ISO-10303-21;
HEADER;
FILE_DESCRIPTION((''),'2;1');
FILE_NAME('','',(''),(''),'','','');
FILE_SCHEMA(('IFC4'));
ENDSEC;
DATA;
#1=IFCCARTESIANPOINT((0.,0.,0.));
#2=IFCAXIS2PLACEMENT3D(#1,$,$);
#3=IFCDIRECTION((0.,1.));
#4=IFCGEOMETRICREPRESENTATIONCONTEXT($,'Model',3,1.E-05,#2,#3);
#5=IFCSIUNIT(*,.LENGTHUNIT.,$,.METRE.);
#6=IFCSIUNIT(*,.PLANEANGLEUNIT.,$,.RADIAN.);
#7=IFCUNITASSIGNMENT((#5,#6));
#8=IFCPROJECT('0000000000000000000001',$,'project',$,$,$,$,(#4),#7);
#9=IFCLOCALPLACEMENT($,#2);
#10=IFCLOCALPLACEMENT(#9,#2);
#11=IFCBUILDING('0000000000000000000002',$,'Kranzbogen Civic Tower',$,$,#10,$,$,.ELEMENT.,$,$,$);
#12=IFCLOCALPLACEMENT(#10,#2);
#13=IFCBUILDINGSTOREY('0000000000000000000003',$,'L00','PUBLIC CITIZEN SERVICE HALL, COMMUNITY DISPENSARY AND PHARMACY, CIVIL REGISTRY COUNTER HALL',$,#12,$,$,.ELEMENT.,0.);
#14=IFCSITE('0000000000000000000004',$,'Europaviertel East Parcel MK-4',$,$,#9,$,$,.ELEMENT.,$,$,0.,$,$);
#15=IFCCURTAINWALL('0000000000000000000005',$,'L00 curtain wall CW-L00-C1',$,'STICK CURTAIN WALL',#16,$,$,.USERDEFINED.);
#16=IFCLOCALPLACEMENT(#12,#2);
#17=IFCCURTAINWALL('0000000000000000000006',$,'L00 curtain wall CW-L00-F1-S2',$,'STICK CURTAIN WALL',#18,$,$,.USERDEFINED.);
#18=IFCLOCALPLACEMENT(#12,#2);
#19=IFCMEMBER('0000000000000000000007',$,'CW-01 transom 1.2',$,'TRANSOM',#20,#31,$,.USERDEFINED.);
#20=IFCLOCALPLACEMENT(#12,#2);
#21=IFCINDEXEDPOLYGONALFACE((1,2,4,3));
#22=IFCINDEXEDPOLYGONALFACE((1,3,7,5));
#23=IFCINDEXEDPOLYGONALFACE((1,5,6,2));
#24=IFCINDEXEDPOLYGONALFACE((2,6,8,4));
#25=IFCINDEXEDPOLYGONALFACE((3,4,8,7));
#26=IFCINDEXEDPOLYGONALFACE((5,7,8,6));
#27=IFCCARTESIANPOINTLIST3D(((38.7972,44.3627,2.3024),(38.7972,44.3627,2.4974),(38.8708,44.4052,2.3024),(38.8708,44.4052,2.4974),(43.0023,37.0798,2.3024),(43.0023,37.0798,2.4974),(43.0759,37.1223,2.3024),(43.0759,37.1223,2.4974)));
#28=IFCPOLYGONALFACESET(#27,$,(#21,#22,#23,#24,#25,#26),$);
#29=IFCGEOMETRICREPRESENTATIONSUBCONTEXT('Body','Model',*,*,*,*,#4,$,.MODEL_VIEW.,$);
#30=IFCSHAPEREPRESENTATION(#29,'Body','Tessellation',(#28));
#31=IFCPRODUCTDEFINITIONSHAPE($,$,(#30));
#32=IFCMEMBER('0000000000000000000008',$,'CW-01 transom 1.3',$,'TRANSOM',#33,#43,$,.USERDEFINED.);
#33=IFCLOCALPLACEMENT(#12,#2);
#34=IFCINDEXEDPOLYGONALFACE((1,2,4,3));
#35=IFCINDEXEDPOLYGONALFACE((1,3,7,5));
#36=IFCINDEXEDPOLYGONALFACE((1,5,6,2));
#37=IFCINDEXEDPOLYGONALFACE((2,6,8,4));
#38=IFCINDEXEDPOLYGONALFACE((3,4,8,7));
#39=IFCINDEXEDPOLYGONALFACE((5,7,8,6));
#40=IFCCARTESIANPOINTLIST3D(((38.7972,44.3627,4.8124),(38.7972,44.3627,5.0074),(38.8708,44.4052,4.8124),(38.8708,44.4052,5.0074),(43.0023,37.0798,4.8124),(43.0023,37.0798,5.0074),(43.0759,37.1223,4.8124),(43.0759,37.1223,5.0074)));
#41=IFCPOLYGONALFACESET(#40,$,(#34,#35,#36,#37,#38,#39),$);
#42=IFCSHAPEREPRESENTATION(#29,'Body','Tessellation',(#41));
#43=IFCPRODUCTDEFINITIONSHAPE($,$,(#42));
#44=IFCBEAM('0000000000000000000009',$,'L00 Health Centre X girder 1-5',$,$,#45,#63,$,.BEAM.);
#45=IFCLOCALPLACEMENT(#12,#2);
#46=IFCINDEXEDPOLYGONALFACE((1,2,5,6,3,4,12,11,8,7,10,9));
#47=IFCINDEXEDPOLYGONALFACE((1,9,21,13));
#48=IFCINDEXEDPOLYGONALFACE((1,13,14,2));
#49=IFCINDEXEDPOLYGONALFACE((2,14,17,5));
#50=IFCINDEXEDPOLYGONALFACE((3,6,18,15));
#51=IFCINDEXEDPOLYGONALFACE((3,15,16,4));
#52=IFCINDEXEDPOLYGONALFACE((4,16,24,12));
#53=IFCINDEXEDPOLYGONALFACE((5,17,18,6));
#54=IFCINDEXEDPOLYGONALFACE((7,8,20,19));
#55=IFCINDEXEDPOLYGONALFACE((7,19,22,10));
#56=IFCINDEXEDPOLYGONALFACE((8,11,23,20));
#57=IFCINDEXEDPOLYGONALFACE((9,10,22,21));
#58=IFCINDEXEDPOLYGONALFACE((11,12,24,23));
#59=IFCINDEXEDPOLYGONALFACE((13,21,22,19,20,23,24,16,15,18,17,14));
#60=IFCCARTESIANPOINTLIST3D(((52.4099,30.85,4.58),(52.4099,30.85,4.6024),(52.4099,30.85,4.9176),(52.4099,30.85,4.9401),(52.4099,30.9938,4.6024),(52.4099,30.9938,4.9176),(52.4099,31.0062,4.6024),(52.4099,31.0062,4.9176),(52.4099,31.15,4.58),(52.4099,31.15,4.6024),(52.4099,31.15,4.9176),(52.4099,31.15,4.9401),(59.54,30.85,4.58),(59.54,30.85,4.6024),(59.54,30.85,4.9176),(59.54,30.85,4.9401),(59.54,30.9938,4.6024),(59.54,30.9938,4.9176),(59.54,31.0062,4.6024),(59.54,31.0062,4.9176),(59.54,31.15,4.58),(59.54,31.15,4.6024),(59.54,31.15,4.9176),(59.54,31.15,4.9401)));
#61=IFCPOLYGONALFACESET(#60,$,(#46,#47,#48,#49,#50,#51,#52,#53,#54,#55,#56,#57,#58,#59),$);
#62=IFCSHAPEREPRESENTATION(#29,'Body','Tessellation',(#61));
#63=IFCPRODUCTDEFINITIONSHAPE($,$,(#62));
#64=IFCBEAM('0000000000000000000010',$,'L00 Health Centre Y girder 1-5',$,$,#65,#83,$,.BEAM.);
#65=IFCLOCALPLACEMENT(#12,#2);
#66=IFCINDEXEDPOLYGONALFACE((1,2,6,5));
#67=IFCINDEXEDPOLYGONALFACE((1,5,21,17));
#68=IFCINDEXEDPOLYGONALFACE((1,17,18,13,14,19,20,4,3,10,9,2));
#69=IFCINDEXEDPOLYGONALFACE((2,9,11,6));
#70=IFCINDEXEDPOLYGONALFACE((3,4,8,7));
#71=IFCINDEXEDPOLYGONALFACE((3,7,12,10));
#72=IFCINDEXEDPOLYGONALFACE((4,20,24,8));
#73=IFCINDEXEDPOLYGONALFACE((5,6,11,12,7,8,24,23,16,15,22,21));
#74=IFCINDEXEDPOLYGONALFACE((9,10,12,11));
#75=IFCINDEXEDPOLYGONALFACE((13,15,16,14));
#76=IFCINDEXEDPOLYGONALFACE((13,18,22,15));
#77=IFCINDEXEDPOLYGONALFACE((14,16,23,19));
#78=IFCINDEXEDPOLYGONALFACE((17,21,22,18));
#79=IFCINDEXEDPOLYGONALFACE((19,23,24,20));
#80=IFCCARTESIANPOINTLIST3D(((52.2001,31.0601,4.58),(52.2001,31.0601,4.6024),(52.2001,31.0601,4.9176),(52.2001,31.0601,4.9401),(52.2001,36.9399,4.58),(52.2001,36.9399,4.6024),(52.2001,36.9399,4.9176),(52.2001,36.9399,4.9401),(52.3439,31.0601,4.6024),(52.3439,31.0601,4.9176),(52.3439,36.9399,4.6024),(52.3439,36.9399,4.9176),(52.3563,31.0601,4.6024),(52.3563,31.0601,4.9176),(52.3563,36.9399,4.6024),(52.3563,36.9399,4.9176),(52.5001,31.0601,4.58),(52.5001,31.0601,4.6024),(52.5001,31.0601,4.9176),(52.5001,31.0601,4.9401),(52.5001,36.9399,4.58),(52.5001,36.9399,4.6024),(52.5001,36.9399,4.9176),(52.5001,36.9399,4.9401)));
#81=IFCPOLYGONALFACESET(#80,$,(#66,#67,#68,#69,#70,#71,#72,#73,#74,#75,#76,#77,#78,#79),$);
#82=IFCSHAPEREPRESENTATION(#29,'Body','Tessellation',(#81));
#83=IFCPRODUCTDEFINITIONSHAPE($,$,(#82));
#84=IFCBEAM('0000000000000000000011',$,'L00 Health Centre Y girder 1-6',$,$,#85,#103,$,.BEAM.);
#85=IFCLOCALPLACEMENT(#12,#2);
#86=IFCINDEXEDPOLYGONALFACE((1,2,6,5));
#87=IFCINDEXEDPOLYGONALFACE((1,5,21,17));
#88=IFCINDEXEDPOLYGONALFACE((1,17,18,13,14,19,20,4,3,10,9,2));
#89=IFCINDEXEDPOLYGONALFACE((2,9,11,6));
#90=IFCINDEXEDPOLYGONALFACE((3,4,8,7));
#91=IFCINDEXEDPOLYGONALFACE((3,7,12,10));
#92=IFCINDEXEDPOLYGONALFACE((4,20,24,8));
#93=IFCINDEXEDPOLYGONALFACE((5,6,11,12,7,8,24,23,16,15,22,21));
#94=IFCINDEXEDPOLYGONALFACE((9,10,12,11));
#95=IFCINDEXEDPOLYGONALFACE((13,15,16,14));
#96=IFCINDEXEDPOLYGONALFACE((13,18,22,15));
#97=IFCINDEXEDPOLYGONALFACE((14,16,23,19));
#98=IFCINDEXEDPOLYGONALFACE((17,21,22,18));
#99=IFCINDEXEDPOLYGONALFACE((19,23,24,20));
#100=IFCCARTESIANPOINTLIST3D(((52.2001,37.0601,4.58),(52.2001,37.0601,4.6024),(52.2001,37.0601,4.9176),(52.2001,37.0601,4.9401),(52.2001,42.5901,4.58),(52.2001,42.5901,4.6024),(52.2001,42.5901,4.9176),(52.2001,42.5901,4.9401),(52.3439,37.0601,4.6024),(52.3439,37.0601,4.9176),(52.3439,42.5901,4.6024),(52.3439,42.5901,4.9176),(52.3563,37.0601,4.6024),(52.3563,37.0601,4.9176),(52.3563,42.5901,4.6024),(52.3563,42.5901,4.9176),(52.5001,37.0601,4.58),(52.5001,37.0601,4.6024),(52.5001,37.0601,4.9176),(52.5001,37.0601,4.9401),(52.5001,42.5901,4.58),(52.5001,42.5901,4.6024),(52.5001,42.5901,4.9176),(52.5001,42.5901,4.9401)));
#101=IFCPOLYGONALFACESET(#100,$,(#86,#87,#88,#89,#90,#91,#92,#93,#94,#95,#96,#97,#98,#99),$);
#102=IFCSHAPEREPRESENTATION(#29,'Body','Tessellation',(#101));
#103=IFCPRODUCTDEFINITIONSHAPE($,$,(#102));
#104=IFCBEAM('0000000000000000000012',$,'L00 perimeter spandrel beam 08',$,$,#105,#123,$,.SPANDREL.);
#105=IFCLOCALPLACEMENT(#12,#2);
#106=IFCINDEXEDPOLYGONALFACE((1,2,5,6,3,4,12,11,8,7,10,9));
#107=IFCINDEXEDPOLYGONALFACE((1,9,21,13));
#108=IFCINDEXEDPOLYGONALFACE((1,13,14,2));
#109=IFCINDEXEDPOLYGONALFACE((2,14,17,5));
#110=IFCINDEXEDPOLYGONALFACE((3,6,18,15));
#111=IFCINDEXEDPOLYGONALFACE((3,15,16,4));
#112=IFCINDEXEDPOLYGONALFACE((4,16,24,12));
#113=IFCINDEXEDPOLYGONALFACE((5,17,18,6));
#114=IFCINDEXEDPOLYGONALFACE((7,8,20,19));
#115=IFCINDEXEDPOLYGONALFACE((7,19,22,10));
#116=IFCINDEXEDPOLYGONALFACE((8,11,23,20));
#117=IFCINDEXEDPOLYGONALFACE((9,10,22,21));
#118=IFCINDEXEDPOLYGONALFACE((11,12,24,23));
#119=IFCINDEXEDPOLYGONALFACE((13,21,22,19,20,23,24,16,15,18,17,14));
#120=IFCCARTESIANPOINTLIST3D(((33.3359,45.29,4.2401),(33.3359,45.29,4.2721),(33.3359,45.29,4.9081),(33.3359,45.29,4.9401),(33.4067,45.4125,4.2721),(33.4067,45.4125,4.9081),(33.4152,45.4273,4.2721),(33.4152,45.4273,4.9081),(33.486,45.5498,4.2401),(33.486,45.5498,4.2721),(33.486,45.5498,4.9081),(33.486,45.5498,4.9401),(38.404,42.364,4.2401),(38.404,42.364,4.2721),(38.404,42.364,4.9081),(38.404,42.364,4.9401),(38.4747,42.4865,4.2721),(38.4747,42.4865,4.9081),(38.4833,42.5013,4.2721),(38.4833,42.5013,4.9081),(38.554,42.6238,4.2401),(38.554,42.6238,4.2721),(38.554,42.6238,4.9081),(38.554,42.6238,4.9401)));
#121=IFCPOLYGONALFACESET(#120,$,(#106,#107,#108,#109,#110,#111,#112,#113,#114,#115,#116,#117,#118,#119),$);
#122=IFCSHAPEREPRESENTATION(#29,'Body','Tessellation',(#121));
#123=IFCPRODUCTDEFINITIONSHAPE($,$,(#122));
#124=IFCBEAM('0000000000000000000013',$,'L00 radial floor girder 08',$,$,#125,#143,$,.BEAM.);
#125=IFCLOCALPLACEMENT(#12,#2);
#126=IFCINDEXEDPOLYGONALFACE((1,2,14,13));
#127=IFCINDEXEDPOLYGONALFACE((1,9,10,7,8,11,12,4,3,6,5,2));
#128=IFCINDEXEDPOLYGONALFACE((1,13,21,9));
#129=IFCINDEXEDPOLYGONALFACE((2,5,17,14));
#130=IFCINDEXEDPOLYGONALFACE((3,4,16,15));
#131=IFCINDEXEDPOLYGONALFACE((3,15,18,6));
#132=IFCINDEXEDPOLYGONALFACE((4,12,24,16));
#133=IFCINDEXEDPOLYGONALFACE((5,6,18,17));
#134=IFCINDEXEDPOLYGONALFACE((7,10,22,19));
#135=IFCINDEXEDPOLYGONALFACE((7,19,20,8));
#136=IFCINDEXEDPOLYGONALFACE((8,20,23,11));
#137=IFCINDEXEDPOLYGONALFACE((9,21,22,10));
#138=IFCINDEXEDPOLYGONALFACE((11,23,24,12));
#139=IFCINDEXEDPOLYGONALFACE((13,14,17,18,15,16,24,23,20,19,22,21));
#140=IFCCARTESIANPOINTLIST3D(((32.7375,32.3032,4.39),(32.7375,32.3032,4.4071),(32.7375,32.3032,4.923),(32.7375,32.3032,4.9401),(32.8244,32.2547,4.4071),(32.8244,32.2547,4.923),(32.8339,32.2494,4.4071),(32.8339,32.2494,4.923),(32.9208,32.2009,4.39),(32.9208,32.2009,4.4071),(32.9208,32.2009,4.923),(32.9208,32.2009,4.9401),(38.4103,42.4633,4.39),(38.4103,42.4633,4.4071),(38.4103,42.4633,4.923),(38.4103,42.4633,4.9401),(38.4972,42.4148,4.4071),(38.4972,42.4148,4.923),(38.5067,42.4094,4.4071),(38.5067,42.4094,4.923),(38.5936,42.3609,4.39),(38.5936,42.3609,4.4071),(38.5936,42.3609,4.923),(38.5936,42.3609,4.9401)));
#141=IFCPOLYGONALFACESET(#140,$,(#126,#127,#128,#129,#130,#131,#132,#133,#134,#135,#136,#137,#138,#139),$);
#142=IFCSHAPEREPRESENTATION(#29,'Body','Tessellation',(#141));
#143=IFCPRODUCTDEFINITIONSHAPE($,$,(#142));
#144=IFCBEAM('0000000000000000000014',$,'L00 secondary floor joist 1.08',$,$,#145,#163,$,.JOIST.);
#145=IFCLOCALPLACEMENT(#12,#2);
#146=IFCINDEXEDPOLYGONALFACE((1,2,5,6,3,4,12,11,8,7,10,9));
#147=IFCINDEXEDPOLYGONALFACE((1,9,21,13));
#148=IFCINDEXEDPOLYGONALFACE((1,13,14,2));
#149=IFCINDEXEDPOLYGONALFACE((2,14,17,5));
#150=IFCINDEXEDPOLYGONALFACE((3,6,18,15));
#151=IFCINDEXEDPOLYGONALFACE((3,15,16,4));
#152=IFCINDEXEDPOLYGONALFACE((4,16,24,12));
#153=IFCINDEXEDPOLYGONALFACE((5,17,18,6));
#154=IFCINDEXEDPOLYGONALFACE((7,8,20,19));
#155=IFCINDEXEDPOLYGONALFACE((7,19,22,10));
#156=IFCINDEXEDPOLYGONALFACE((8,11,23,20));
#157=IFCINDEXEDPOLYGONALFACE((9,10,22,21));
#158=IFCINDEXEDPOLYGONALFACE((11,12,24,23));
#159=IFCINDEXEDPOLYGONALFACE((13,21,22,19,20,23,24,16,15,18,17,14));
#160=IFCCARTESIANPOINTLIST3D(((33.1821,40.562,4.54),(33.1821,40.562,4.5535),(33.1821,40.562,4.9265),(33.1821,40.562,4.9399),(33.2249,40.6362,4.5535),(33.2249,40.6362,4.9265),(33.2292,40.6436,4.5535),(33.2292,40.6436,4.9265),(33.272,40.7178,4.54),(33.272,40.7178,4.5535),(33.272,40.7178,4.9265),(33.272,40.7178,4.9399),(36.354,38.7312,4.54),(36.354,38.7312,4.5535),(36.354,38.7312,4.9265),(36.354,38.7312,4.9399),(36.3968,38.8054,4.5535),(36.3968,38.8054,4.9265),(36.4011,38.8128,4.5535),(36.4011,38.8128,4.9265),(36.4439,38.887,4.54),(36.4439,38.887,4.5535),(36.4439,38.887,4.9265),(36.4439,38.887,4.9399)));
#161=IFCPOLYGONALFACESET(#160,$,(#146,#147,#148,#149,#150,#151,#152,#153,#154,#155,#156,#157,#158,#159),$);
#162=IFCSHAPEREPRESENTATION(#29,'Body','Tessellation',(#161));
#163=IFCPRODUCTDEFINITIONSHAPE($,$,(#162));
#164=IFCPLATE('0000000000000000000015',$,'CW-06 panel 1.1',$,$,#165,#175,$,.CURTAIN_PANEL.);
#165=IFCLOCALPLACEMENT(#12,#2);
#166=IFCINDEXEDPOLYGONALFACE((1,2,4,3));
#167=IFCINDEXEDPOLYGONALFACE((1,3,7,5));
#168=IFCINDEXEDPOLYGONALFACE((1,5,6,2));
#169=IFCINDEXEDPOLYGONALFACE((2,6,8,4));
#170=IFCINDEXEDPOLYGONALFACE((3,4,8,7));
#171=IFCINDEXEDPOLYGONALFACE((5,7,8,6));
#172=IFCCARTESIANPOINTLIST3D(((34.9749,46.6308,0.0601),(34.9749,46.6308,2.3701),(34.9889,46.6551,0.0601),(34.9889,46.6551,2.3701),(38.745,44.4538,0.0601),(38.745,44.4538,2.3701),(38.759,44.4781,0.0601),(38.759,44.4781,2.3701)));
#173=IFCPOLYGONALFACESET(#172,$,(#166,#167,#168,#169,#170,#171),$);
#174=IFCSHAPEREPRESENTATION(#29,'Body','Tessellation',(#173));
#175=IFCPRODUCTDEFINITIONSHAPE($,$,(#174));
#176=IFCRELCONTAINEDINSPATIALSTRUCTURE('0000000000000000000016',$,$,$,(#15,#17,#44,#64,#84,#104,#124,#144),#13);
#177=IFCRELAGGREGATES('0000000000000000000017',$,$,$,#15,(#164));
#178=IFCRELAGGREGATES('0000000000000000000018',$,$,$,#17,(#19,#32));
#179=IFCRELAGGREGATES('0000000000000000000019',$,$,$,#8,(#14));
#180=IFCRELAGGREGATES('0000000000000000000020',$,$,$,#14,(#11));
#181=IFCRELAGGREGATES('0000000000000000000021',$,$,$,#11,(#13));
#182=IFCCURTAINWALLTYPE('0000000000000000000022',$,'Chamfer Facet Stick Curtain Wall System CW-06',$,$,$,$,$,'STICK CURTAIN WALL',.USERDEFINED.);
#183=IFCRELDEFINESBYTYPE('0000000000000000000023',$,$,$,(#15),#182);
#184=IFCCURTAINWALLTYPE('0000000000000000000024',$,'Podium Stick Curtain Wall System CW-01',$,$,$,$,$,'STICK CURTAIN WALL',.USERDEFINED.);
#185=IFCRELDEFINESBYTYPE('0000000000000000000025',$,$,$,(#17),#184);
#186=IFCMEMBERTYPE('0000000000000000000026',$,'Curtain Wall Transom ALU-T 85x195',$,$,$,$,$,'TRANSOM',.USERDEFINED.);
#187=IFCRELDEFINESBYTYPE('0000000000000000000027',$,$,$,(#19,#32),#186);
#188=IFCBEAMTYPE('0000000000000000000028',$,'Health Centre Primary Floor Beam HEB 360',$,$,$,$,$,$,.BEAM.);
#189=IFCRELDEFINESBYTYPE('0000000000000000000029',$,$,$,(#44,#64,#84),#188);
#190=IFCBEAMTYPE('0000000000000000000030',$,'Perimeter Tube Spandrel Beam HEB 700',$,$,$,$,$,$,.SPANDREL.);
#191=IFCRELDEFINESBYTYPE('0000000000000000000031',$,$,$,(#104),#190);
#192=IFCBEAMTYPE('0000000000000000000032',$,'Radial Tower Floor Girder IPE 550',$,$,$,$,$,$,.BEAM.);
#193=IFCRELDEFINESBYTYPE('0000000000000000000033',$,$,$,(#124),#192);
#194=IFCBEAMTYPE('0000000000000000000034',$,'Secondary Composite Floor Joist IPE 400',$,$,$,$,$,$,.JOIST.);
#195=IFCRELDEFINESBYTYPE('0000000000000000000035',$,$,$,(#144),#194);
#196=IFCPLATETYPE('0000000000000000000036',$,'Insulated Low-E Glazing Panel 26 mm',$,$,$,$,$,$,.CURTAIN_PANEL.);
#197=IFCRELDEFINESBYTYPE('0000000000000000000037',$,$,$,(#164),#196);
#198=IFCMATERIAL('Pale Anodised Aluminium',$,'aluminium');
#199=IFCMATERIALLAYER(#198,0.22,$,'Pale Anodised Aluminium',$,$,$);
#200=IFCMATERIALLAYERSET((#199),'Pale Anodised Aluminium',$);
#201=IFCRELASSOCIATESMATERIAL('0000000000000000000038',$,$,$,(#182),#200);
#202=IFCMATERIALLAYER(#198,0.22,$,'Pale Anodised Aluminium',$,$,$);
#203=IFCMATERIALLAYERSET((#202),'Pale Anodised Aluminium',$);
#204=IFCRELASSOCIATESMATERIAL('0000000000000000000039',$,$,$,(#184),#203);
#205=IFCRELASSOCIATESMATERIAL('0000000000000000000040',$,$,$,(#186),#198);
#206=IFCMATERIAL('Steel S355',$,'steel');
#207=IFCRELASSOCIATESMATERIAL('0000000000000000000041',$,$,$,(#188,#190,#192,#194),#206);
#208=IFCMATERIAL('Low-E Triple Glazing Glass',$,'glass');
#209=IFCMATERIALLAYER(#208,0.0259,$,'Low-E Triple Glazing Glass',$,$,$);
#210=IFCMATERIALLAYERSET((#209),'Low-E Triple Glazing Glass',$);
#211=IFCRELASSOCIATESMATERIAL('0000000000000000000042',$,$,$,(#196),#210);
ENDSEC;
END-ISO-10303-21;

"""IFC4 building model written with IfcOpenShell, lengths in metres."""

from ifc_helpers import new_model, si_unit, direction, frame, origin, origin_2d, place, context, subcontext, project, spatial, rectangle, i_section, extrude, material, layer, layer_set, material_profile, profile_set, type_object, element, aggregate, save


model = new_model("IFC4")

# Units and contexts
model_context = context("Model", 3, precision=1e-05, world=origin(), true_north=direction((0.0, 1.0)))
body_context = subcontext(model_context, "Body", "Model", "MODEL_VIEW")
ifc_project = project(units=[si_unit("LENGTHUNIT", "METRE"), si_unit("PLANEANGLEUNIT", "RADIAN")], contexts=[model_context])

# Site, building, storey
site_placement = place(None, origin())
site = spatial("IfcSite", under=ifc_project, at=site_placement, Name="Europaviertel East Parcel MK-4", CompositionType="ELEMENT", RefElevation=0.0)
building_placement = place(site_placement, origin())
building = spatial("IfcBuilding", under=site, at=building_placement, Name="Kranzbogen Civic Tower", CompositionType="ELEMENT")
storey_placement = place(building_placement, origin())
storey = spatial("IfcBuildingStorey", under=building, at=storey_placement, Name="L00", Description="PUBLIC CITIZEN SERVICE HALL, COMMUNITY DISPENSARY AND PHARMACY, CIVIL REGISTRY COUNTER HALL", CompositionType="ELEMENT", Elevation=0.0)

# Curtain wall
ifc_material_1 = material(Name="Pale Anodised Aluminium", Category="aluminium")
ifc_layer_1 = layer(ifc_material_1, 0.22, Name="Pale Anodised Aluminium")
ifc_layer_set_1 = layer_set([ifc_layer_1], Name="Pale Anodised Aluminium")
curtain_wall_type_1 = type_object("IfcCurtainWallType", Name="Chamfer Facet Stick Curtain Wall System CW-06", ElementType="STICK CURTAIN WALL", PredefinedType="USERDEFINED", material=ifc_layer_set_1)
curtain_wall_1_placement = place(storey_placement, origin())
curtain_wall_1 = element("IfcCurtainWall", 1, at=curtain_wall_1_placement, inside=storey, type_object=curtain_wall_type_1, Name="L00 curtain wall CW-L00-C1", ObjectType="STICK CURTAIN WALL", PredefinedType="USERDEFINED")

# Shared definitions
ifc_layer_2 = layer(ifc_material_1, 0.22, Name="Pale Anodised Aluminium")
ifc_layer_set_2 = layer_set([ifc_layer_2], Name="Pale Anodised Aluminium")
curtain_wall_type_2 = type_object("IfcCurtainWallType", Name="Podium Stick Curtain Wall System CW-01", ElementType="STICK CURTAIN WALL", PredefinedType="USERDEFINED", material=ifc_layer_set_2)

# Curtain wall
curtain_wall_2_placement = place(storey_placement, origin())
curtain_wall_2 = element("IfcCurtainWall", 2, at=curtain_wall_2_placement, inside=storey, type_object=curtain_wall_type_2, Name="L00 curtain wall CW-L00-F1-S2", ObjectType="STICK CURTAIN WALL", PredefinedType="USERDEFINED")

# Members
ifc_material_profile_1 = material_profile(ifc_material_1, rectangle(XDim=0.085, YDim=0.1951, at=origin_2d()), Name="ALU-T 85x195")
ifc_profile_set_1 = profile_set([ifc_material_profile_1], Name="Pale Anodised Aluminium")
member_type_1 = type_object("IfcMemberType", Name="Curtain Wall Transom ALU-T 85x195", ElementType="TRANSOM", PredefinedType="USERDEFINED", material=ifc_profile_set_1)
member_1_placement = place(storey_placement, frame((43.0391, 37.1011, 2.3999), z_axis=(-0.500023, 0.866012, 0.0), x_axis=(-0.866012, -0.500023, 0.0)))
member_1 = element("IfcMember", 3, at=member_1_placement, type_object=member_type_1, Name="CW-01 transom 1.2", ObjectType="TRANSOM", PredefinedType="USERDEFINED", context=body_context, shape_type="SweptSolid", body=[
    extrude(rectangle(XDim=0.085, YDim=0.1951, at=origin_2d()), origin(), (0.0, 0.0, 1.0), 8.4097),
])
member_2_placement = place(storey_placement, frame((43.0391, 37.1011, 4.9099), z_axis=(-0.500023, 0.866012, 0.0), x_axis=(-0.866012, -0.500023, 0.0)))
member_2 = element("IfcMember", 4, at=member_2_placement, type_object=member_type_1, Name="CW-01 transom 1.3", ObjectType="TRANSOM", PredefinedType="USERDEFINED", context=body_context, shape_type="SweptSolid", body=[
    extrude(rectangle(XDim=0.085, YDim=0.1951, at=origin_2d()), origin(), (0.0, 0.0, 1.0), 8.4097),
])

# Beams
ifc_material_2 = material(Name="Steel S355", Category="steel")
ifc_material_profile_2 = material_profile(ifc_material_2, i_section(OverallWidth=0.3, OverallDepth=0.3601, WebThickness=0.0125, FlangeThickness=0.0225, at=origin_2d()), Name="HEB 360")
ifc_profile_set_2 = profile_set([ifc_material_profile_2], Name="Steel S355")
beam_type_1 = type_object("IfcBeamType", Name="Health Centre Primary Floor Beam HEB 360", PredefinedType="BEAM", material=ifc_profile_set_2)
beam_1_placement = place(storey_placement, frame((52.4099, 31.0, 4.76), z_axis=(1.0, 0.0, 0.0), x_axis=(0.0, 1.0, 0.0)))
element("IfcBeam", 5, at=beam_1_placement, inside=storey, type_object=beam_type_1, Name="L00 Health Centre X girder 1-5", PredefinedType="BEAM", context=body_context, shape_type="SweptSolid", body=[
    extrude(i_section(OverallWidth=0.3, OverallDepth=0.3601, WebThickness=0.0125, FlangeThickness=0.0225, at=origin_2d()), origin(), (0.0, 0.0, 1.0), 7.1301),
])
beam_2_placement = place(storey_placement, frame((52.3501, 31.0601, 4.76), z_axis=(0.0, 1.0, 0.0), x_axis=(-1.0, 0.0, 0.0)))
element("IfcBeam", 6, at=beam_2_placement, inside=storey, type_object=beam_type_1, Name="L00 Health Centre Y girder 1-5", PredefinedType="BEAM", context=body_context, shape_type="SweptSolid", body=[
    extrude(i_section(OverallWidth=0.3, OverallDepth=0.3601, WebThickness=0.0125, FlangeThickness=0.0225, at=origin_2d()), origin(), (0.0, 0.0, 1.0), 5.8799),
])
beam_3_placement = place(storey_placement, frame((52.3501, 37.0601, 4.76), z_axis=(0.0, 1.0, 0.0), x_axis=(-1.0, 0.0, 0.0)))
element("IfcBeam", 7, at=beam_3_placement, inside=storey, type_object=beam_type_1, Name="L00 Health Centre Y girder 1-6", PredefinedType="BEAM", context=body_context, shape_type="SweptSolid", body=[
    extrude(i_section(OverallWidth=0.3, OverallDepth=0.3601, WebThickness=0.0125, FlangeThickness=0.0225, at=origin_2d()), origin(), (0.0, 0.0, 1.0), 5.53),
])
ifc_material_profile_3 = material_profile(ifc_material_2, i_section(OverallWidth=0.3, OverallDepth=0.7, WebThickness=0.0171, FlangeThickness=0.032, at=origin_2d()), Name="HEB 700")
ifc_profile_set_3 = profile_set([ifc_material_profile_3], Name="Steel S355")
beam_type_2 = type_object("IfcBeamType", Name="Perimeter Tube Spandrel Beam HEB 700", PredefinedType="SPANDREL", material=ifc_profile_set_3)
beam_4_placement = place(storey_placement, frame((38.479, 42.4939, 4.5901), z_axis=(-0.866029, 0.499993, 0.0), x_axis=(-0.499993, -0.866029, 0.0)))
element("IfcBeam", 8, at=beam_4_placement, inside=storey, type_object=beam_type_2, Name="L00 perimeter spandrel beam 08", PredefinedType="SPANDREL", context=body_context, shape_type="SweptSolid", body=[
    extrude(i_section(OverallWidth=0.3, OverallDepth=0.7, WebThickness=0.0171, FlangeThickness=0.032, at=origin_2d()), origin(), (0.0, 0.0, 1.0), 5.8521),
])
ifc_material_profile_4 = material_profile(ifc_material_2, i_section(OverallWidth=0.21, OverallDepth=0.55, WebThickness=0.011, FlangeThickness=0.0171, at=origin_2d()), Name="IPE 550")
ifc_profile_set_4 = profile_set([ifc_material_profile_4], Name="Steel S355")
beam_type_3 = type_object("IfcBeamType", Name="Radial Tower Floor Girder IPE 550", PredefinedType="BEAM", material=ifc_profile_set_4)
beam_5_placement = place(storey_placement, frame((38.502, 42.4121, 4.665), z_axis=(-0.487502, -0.873122, 0.0), x_axis=(0.873122, -0.487502, 0.0)))
element("IfcBeam", 9, at=beam_5_placement, inside=storey, type_object=beam_type_3, Name="L00 radial floor girder 08", PredefinedType="BEAM", context=body_context, shape_type="SweptSolid", body=[
    extrude(i_section(OverallWidth=0.21, OverallDepth=0.55, WebThickness=0.011, FlangeThickness=0.0171, at=origin_2d()), origin(), (0.0, 0.0, 1.0), 11.6365),
])
ifc_material_profile_5 = material_profile(ifc_material_2, i_section(OverallWidth=0.1799, OverallDepth=0.3999, WebThickness=0.0085, FlangeThickness=0.0134, at=origin_2d()), Name="IPE 400")
ifc_profile_set_5 = profile_set([ifc_material_profile_5], Name="Steel S355")
beam_type_4 = type_object("IfcBeamType", Name="Secondary Composite Floor Joist IPE 400", PredefinedType="JOIST", material=ifc_profile_set_5)
beam_6_placement = place(storey_placement, frame((36.3989, 38.8091, 4.74), z_axis=(-0.866081, 0.499903, 0.0), x_axis=(-0.499903, -0.866081, 0.0)))
element("IfcBeam", 10, at=beam_6_placement, inside=storey, type_object=beam_type_4, Name="L00 secondary floor joist 1.08", PredefinedType="JOIST", context=body_context, shape_type="SweptSolid", body=[
    extrude(i_section(OverallWidth=0.1799, OverallDepth=0.3999, WebThickness=0.0085, FlangeThickness=0.0134, at=origin_2d()), origin(), (0.0, 0.0, 1.0), 3.6624),
])

# Plate
ifc_material_3 = material(Name="Low-E Triple Glazing Glass", Category="glass")
ifc_layer_3 = layer(ifc_material_3, 0.0259, Name="Low-E Triple Glazing Glass")
ifc_layer_set_3 = layer_set([ifc_layer_3], Name="Low-E Triple Glazing Glass")
plate_type_1 = type_object("IfcPlateType", Name="Insulated Low-E Glazing Panel 26 mm", PredefinedType="CURTAIN_PANEL", material=ifc_layer_set_3)
plate_1_placement = place(storey_placement, frame((36.8669, 45.5544, 0.0601), z_axis=(0.0, 0.0, 1.0), x_axis=(-0.865992, 0.500058, 0.0)))
plate_1 = element("IfcPlate", 11, at=plate_1_placement, type_object=plate_type_1, Name="CW-06 panel 1.1", PredefinedType="CURTAIN_PANEL", context=body_context, shape_type="SweptSolid", body=[
    extrude(rectangle(XDim=4.3535, YDim=0.0281, at=origin_2d()), origin(), (0.0, 0.0, 1.0), 2.3101),
])
aggregate(curtain_wall_1, [plate_1])
aggregate(curtain_wall_2, [member_1, member_2])

save(model, "model.ifc")
